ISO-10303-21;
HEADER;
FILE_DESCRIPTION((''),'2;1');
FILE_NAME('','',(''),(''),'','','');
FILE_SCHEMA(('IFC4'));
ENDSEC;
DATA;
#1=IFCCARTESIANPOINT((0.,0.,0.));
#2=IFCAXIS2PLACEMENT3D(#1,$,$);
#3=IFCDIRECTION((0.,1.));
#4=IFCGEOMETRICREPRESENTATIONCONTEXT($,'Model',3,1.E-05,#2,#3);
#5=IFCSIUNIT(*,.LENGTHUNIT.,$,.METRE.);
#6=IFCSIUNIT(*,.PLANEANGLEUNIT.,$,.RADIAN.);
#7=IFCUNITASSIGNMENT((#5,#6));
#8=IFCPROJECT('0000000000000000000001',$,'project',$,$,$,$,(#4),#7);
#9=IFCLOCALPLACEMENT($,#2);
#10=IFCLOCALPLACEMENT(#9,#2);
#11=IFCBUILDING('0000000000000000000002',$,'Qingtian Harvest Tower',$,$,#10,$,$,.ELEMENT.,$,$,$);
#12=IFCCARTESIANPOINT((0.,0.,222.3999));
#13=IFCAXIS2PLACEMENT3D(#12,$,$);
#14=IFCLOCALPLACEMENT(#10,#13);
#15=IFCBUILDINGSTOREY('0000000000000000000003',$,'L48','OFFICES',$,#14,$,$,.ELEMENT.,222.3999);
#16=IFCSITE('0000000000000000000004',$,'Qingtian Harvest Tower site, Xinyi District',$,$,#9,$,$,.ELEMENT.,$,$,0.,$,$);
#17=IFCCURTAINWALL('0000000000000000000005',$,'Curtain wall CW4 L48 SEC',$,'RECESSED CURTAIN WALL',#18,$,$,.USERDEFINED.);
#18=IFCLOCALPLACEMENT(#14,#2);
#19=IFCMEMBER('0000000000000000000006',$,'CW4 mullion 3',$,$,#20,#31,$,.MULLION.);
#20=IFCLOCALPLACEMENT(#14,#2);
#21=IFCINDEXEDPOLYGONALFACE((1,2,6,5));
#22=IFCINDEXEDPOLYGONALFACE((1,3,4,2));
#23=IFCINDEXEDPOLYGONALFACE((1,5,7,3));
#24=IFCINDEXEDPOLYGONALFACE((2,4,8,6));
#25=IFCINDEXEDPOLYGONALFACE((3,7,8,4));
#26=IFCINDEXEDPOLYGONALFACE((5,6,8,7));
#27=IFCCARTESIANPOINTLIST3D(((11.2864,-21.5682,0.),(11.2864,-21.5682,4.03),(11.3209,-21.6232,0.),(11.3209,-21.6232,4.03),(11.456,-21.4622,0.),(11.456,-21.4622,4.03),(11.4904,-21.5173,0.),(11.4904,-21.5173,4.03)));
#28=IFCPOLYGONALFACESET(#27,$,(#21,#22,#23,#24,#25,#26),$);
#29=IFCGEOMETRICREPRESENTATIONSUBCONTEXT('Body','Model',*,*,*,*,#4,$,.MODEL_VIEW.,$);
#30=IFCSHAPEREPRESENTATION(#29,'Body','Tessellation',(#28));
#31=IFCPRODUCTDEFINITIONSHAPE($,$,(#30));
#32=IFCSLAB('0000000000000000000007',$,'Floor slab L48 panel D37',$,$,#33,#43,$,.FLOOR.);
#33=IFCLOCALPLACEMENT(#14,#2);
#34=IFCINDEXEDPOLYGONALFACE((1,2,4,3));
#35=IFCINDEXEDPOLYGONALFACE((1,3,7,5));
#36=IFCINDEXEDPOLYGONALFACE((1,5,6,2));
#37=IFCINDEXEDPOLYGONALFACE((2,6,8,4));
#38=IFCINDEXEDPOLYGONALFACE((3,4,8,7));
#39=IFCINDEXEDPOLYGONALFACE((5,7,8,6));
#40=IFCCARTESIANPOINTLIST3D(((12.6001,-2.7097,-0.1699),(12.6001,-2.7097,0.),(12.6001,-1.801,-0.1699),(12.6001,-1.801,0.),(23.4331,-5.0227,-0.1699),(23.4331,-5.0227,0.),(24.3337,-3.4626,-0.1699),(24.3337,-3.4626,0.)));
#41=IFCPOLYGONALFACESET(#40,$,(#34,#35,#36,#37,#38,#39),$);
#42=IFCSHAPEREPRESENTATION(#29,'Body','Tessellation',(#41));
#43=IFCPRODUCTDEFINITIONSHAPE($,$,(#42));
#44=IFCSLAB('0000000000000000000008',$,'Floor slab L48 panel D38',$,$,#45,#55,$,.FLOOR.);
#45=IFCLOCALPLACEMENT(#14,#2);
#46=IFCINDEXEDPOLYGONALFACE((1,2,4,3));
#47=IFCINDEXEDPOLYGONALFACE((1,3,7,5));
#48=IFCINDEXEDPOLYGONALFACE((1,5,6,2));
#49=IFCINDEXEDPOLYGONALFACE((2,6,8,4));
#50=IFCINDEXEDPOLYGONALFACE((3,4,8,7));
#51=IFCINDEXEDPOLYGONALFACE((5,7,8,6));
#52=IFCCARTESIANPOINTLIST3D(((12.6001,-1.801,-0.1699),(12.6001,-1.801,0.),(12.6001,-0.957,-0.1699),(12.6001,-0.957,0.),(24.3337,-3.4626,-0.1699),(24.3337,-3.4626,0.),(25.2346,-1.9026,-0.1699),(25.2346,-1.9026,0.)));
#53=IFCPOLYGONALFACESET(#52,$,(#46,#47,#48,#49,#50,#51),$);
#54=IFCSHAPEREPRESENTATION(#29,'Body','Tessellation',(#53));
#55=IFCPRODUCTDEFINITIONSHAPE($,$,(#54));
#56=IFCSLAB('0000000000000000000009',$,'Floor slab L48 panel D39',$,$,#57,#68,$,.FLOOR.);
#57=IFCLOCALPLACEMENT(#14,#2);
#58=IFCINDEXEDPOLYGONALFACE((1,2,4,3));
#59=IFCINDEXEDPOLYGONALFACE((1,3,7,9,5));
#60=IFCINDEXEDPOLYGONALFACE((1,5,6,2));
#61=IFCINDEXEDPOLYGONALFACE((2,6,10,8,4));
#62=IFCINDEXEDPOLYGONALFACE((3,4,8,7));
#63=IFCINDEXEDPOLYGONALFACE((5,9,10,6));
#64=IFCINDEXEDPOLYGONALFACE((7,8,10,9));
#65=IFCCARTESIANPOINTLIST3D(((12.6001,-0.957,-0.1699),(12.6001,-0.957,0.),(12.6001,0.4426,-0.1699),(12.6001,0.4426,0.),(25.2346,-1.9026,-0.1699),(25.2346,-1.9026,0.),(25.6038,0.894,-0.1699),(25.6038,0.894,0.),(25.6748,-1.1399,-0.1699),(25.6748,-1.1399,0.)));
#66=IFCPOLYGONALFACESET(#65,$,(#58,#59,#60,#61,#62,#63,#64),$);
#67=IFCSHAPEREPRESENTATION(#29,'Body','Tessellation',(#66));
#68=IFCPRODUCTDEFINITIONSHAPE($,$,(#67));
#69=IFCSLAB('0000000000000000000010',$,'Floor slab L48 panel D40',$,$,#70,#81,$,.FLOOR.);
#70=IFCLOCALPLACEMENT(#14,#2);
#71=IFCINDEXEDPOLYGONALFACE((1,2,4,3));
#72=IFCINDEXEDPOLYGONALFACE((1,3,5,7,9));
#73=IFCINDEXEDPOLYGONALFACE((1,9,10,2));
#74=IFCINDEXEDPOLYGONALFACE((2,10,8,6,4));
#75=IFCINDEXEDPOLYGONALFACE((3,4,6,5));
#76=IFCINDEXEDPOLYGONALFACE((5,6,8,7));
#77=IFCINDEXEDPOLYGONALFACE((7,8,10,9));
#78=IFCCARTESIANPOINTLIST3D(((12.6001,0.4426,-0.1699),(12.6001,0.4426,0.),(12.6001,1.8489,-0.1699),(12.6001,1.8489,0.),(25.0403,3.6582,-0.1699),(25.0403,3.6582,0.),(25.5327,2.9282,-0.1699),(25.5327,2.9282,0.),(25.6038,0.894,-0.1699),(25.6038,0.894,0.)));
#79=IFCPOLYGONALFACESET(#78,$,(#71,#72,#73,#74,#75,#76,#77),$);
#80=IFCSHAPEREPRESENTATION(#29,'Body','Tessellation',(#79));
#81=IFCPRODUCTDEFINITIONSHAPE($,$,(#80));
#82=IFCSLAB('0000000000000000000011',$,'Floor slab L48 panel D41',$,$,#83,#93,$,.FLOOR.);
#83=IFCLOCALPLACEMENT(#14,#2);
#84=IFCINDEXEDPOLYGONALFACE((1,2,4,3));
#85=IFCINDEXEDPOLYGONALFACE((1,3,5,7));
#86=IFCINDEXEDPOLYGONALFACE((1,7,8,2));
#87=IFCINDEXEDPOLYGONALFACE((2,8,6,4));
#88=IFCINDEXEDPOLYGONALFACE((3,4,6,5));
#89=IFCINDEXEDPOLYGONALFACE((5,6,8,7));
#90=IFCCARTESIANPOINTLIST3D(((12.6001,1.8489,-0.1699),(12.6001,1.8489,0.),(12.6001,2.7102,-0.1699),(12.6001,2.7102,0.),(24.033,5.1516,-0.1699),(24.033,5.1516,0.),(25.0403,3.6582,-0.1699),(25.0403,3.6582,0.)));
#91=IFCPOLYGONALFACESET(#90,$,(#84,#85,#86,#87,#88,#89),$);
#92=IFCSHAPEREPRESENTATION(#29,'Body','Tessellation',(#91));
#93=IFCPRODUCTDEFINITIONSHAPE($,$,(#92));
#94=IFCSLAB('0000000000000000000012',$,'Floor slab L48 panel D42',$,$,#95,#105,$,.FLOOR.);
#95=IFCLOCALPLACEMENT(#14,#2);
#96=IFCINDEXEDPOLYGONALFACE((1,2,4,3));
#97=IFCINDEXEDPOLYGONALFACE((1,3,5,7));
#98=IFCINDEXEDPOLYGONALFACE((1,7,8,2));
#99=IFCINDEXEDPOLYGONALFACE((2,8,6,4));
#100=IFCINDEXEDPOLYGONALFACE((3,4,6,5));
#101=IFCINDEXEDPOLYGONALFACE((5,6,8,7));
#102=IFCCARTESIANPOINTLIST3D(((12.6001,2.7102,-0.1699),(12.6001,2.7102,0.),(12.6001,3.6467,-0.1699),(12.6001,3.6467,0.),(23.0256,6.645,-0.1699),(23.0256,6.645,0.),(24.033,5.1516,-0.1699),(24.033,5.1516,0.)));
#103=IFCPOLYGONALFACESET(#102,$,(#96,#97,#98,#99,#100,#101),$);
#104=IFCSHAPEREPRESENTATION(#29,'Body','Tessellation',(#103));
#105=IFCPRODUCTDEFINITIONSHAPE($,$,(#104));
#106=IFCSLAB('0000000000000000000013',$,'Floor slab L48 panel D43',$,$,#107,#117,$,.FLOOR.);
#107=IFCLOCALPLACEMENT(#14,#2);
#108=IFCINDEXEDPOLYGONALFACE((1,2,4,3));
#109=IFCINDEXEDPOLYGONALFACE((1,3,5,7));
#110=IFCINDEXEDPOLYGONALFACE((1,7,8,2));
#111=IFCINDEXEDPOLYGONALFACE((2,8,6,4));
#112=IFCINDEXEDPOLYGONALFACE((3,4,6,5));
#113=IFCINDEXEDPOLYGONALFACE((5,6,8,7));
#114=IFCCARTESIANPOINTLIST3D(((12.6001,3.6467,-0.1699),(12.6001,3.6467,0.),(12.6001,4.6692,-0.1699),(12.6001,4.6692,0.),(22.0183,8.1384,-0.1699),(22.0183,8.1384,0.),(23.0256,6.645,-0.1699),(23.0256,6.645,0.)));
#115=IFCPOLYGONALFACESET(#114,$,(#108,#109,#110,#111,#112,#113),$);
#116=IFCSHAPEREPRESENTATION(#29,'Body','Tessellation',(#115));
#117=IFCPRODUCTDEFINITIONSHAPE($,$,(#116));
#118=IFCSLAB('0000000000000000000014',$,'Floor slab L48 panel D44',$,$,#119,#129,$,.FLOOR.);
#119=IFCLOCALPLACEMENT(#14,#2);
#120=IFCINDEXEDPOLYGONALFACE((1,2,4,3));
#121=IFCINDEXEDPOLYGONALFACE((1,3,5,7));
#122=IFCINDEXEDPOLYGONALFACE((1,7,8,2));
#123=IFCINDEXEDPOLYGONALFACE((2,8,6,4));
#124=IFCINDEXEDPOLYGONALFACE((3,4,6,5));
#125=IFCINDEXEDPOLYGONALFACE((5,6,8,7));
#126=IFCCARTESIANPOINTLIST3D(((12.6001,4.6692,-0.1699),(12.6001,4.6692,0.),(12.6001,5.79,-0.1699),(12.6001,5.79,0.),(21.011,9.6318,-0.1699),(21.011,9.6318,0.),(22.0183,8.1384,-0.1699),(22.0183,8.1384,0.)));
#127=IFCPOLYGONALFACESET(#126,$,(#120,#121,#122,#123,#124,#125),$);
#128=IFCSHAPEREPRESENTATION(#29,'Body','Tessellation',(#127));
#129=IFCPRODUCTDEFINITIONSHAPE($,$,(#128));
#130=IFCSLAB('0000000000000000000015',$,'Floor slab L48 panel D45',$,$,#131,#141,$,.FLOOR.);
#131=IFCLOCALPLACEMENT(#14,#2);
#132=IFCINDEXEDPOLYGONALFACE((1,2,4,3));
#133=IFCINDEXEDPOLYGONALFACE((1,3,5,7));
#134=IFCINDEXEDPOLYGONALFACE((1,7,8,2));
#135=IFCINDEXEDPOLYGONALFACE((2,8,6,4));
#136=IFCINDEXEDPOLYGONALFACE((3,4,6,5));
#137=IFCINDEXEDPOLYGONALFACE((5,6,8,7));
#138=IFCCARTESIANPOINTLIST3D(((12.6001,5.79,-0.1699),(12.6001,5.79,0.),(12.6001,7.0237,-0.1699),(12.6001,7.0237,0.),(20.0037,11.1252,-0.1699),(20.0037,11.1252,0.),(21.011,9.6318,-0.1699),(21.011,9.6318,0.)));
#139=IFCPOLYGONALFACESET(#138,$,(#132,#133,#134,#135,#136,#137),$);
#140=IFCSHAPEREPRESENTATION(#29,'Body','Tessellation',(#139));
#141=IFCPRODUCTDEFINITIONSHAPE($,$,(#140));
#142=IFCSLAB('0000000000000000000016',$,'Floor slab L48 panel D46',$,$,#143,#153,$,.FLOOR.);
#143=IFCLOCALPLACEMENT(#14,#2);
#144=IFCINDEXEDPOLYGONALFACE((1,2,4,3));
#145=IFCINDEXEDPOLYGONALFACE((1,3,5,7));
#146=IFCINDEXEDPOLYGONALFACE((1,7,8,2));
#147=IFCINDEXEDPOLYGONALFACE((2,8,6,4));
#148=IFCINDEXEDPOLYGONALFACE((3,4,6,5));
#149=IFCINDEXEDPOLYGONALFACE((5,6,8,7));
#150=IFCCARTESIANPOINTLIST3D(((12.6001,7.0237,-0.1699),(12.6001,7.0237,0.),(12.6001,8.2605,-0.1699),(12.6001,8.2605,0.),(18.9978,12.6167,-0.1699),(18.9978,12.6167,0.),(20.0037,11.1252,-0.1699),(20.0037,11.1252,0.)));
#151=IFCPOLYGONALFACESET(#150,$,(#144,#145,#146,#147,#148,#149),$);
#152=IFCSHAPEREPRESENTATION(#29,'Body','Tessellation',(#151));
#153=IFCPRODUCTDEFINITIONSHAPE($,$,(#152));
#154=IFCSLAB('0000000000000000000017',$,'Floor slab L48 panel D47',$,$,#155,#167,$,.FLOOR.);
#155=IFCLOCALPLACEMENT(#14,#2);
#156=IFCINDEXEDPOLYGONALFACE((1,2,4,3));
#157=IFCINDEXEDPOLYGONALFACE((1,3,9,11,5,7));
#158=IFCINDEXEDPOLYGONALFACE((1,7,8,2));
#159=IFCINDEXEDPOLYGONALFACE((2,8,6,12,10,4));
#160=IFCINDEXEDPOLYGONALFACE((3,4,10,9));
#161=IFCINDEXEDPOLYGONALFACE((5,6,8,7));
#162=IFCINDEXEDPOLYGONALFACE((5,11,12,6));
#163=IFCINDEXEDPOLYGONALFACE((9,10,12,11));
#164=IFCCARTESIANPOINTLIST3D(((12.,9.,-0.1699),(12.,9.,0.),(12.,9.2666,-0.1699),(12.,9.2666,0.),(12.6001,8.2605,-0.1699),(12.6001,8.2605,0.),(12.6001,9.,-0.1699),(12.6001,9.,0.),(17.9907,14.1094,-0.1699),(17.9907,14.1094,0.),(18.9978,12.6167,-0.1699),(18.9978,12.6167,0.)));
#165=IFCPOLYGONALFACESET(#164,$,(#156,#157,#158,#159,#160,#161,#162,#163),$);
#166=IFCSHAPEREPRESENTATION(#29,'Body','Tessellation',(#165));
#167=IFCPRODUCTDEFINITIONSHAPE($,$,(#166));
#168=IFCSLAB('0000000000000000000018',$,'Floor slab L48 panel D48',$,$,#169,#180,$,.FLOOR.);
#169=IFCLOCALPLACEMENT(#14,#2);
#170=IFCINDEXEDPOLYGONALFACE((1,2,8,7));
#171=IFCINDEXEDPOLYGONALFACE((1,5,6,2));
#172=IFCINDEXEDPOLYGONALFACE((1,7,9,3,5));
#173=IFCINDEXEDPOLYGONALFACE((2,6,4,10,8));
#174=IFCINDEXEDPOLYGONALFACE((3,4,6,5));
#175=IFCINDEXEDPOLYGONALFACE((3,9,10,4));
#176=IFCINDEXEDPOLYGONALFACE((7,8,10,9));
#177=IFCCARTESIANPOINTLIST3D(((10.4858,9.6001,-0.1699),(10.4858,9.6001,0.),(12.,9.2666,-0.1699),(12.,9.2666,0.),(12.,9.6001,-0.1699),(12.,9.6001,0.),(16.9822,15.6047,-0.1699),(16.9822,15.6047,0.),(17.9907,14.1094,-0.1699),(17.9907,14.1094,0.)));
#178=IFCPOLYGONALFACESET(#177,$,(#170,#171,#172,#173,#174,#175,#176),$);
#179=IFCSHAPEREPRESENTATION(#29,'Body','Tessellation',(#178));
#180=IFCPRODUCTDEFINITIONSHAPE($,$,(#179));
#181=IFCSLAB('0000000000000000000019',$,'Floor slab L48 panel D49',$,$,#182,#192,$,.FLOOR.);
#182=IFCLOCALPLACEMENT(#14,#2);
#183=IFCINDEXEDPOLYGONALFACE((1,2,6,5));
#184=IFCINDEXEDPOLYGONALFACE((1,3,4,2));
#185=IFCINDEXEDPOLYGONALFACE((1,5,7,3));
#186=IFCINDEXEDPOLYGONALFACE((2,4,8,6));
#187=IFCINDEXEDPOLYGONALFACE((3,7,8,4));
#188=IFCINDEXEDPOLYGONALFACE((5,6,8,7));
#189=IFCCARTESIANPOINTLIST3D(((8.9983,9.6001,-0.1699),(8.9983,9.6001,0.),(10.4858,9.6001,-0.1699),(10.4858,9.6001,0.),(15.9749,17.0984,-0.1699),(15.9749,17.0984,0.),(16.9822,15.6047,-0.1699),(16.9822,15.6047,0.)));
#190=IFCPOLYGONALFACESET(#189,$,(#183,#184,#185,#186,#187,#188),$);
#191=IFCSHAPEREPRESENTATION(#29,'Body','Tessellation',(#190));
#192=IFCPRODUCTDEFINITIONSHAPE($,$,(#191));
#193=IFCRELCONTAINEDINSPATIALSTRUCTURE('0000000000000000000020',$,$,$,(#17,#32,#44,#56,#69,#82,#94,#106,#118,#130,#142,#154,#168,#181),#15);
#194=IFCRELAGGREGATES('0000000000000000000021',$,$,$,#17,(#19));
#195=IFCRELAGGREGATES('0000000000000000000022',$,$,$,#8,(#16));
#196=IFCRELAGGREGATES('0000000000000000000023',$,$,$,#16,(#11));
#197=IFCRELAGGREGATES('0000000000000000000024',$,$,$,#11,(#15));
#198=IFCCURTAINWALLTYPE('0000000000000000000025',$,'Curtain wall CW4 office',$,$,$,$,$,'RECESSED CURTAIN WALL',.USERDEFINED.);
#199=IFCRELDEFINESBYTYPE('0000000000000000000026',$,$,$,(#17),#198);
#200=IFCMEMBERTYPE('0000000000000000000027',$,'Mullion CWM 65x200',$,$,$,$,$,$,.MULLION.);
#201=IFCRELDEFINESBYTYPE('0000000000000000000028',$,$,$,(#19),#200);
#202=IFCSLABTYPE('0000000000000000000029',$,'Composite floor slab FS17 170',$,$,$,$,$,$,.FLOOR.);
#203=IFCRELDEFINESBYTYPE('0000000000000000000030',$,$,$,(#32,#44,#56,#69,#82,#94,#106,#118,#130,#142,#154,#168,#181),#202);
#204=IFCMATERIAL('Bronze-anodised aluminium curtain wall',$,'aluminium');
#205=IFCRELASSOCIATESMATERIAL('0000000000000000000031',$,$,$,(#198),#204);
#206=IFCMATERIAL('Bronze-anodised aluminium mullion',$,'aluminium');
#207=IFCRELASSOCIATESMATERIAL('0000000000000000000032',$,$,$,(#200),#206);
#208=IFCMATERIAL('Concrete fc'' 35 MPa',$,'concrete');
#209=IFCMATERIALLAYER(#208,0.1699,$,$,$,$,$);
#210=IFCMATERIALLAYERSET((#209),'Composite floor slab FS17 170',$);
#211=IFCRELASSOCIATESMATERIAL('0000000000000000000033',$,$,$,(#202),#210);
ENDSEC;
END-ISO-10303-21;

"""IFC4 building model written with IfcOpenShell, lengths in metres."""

from ifc_helpers import new_model, si_unit, direction, frame, origin, origin_2d, place, context, subcontext, project, spatial, polyline, rectangle, outline, extrude, material, layer, layer_set, material_profile, profile_set, type_object, element, aggregate, save


model = new_model("IFC4")

# Units and contexts
model_context = context("Model", 3, precision=1e-05, world=origin(), true_north=direction((0.0, 1.0)))
body_context = subcontext(model_context, "Body", "Model", "MODEL_VIEW")
ifc_project = project(units=[si_unit("LENGTHUNIT", "METRE"), si_unit("PLANEANGLEUNIT", "RADIAN")], contexts=[model_context])

# Site, building, storey
site_placement = place(None, origin())
site = spatial("IfcSite", under=ifc_project, at=site_placement, Name="Qingtian Harvest Tower site, Xinyi District", CompositionType="ELEMENT", RefElevation=0.0)
building_placement = place(site_placement, origin())
building = spatial("IfcBuilding", under=site, at=building_placement, Name="Qingtian Harvest Tower", CompositionType="ELEMENT")
storey_placement = place(building_placement, frame((0.0, 0.0, 222.3999)))
storey = spatial("IfcBuildingStorey", under=building, at=storey_placement, Name="L48", Description="OFFICES", CompositionType="ELEMENT", Elevation=222.3999)

# Curtain wall, member
ifc_material_1 = material(Name="Bronze-anodised aluminium curtain wall", Category="aluminium")
curtain_wall_type = type_object("IfcCurtainWallType", Name="Curtain wall CW4 office", ElementType="RECESSED CURTAIN WALL", PredefinedType="USERDEFINED", material=ifc_material_1)
curtain_wall_placement = place(storey_placement, origin())
curtain_wall = element("IfcCurtainWall", 1, at=curtain_wall_placement, inside=storey, type_object=curtain_wall_type, Name="Curtain wall CW4 L48 SEC", ObjectType="RECESSED CURTAIN WALL", PredefinedType="USERDEFINED")
ifc_material_2 = material(Name="Bronze-anodised aluminium mullion", Category="aluminium")
ifc_material_profile = material_profile(ifc_material_2, rectangle(XDim=0.0649, YDim=0.2, at=origin_2d()), Name="AL 65x200")
ifc_profile_set = profile_set([ifc_material_profile], Name="Bronze-anodised aluminium mullion")
member_type = type_object("IfcMemberType", Name="Mullion CWM 65x200", PredefinedType="MULLION", material=ifc_profile_set)
member_placement = place(storey_placement, frame((11.3884, -21.5427, 0.0), z_axis=(0.0, 0.0, 1.0), x_axis=(0.529919, -0.848048, 0.0)))
member = element("IfcMember", 2, at=member_placement, type_object=member_type, Name="CW4 mullion 3", PredefinedType="MULLION", context=body_context, shape_type="SweptSolid", body=[
    extrude(rectangle(XDim=0.0649, YDim=0.2, at=origin_2d()), origin(), (0.0, 0.0, 1.0), 4.03),
])
aggregate(curtain_wall, [member])

# Slabs
ifc_material_3 = material(Name="Concrete fc' 35 MPa", Category="concrete")
ifc_layer_1 = layer(ifc_material_3, 0.1699)
ifc_layer_set_1 = layer_set([ifc_layer_1], Name="Composite floor slab FS17 170")
slab_type = type_object("IfcSlabType", Name="Composite floor slab FS17 170", PredefinedType="FLOOR", material=ifc_layer_set_1)
slab_1_placement = place(storey_placement, frame((0.0, 0.0, -0.1699)))
element("IfcSlab", 3, at=slab_1_placement, inside=storey, type_object=slab_type, Name="Floor slab L48 panel D37", PredefinedType="FLOOR", context=body_context, shape_type="SweptSolid", body=[
    extrude(outline(polyline([(12.6001, -1.801), (24.3337, -3.4626), (23.4331, -5.0227), (12.6001, -2.7097), (12.6001, -1.801)])), origin(), (0.0, 0.0, 1.0), 0.1699),
])
slab_2_placement = place(storey_placement, frame((0.0, 0.0, -0.1699)))
element("IfcSlab", 4, at=slab_2_placement, inside=storey, type_object=slab_type, Name="Floor slab L48 panel D38", PredefinedType="FLOOR", context=body_context, shape_type="SweptSolid", body=[
    extrude(outline(polyline([(12.6001, -0.957), (25.2346, -1.9026), (24.3337, -3.4626), (12.6001, -1.801), (12.6001, -0.957)])), origin(), (0.0, 0.0, 1.0), 0.1699),
])
slab_3_placement = place(storey_placement, frame((0.0, 0.0, -0.1699)))
element("IfcSlab", 5, at=slab_3_placement, inside=storey, type_object=slab_type, Name="Floor slab L48 panel D39", PredefinedType="FLOOR", context=body_context, shape_type="SweptSolid", body=[
    extrude(outline(polyline([(12.6001, -0.957), (12.6001, 0.4426), (25.6038, 0.894), (25.6748, -1.1399), (25.2346, -1.9026), (12.6001, -0.957)])), origin(), (0.0, 0.0, 1.0), 0.1699),
])
slab_4_placement = place(storey_placement, frame((0.0, 0.0, -0.1699)))
element("IfcSlab", 6, at=slab_4_placement, inside=storey, type_object=slab_type, Name="Floor slab L48 panel D40", PredefinedType="FLOOR", context=body_context, shape_type="SweptSolid", body=[
    extrude(outline(polyline([(12.6001, 0.4426), (12.6001, 1.8489), (25.0403, 3.6582), (25.5327, 2.9282), (25.6038, 0.894), (12.6001, 0.4426)])), origin(), (0.0, 0.0, 1.0), 0.1699),
])
slab_5_placement = place(storey_placement, frame((0.0, 0.0, -0.1699)))
element("IfcSlab", 7, at=slab_5_placement, inside=storey, type_object=slab_type, Name="Floor slab L48 panel D41", PredefinedType="FLOOR", context=body_context, shape_type="SweptSolid", body=[
    extrude(outline(polyline([(12.6001, 2.7102), (24.033, 5.1516), (25.0403, 3.6582), (12.6001, 1.8489), (12.6001, 2.7102)])), origin(), (0.0, 0.0, 1.0), 0.1699),
])
slab_6_placement = place(storey_placement, frame((0.0, 0.0, -0.1699)))
element("IfcSlab", 8, at=slab_6_placement, inside=storey, type_object=slab_type, Name="Floor slab L48 panel D42", PredefinedType="FLOOR", context=body_context, shape_type="SweptSolid", body=[
    extrude(outline(polyline([(12.6001, 3.6467), (23.0256, 6.645), (24.033, 5.1516), (12.6001, 2.7102), (12.6001, 3.6467)])), origin(), (0.0, 0.0, 1.0), 0.1699),
])
slab_7_placement = place(storey_placement, frame((0.0, 0.0, -0.1699)))
element("IfcSlab", 9, at=slab_7_placement, inside=storey, type_object=slab_type, Name="Floor slab L48 panel D43", PredefinedType="FLOOR", context=body_context, shape_type="SweptSolid", body=[
    extrude(outline(polyline([(12.6001, 4.6692), (22.0183, 8.1384), (23.0256, 6.645), (12.6001, 3.6467), (12.6001, 4.6692)])), origin(), (0.0, 0.0, 1.0), 0.1699),
])
slab_8_placement = place(storey_placement, frame((0.0, 0.0, -0.1699)))
element("IfcSlab", 10, at=slab_8_placement, inside=storey, type_object=slab_type, Name="Floor slab L48 panel D44", PredefinedType="FLOOR", context=body_context, shape_type="SweptSolid", body=[
    extrude(outline(polyline([(12.6001, 5.79), (21.011, 9.6318), (22.0183, 8.1384), (12.6001, 4.6692), (12.6001, 5.79)])), origin(), (0.0, 0.0, 1.0), 0.1699),
])
slab_9_placement = place(storey_placement, frame((0.0, 0.0, -0.1699)))
element("IfcSlab", 11, at=slab_9_placement, inside=storey, type_object=slab_type, Name="Floor slab L48 panel D45", PredefinedType="FLOOR", context=body_context, shape_type="SweptSolid", body=[
    extrude(outline(polyline([(12.6001, 7.0237), (20.0037, 11.1252), (21.011, 9.6318), (12.6001, 5.79), (12.6001, 7.0237)])), origin(), (0.0, 0.0, 1.0), 0.1699),
])
slab_10_placement = place(storey_placement, frame((0.0, 0.0, -0.1699)))
element("IfcSlab", 12, at=slab_10_placement, inside=storey, type_object=slab_type, Name="Floor slab L48 panel D46", PredefinedType="FLOOR", context=body_context, shape_type="SweptSolid", body=[
    extrude(outline(polyline([(12.6001, 8.2605), (18.9978, 12.6167), (20.0037, 11.1252), (12.6001, 7.0237), (12.6001, 8.2605)])), origin(), (0.0, 0.0, 1.0), 0.1699),
])
slab_11_placement = place(storey_placement, frame((0.0, 0.0, -0.1699)))
element("IfcSlab", 13, at=slab_11_placement, inside=storey, type_object=slab_type, Name="Floor slab L48 panel D47", PredefinedType="FLOOR", context=body_context, shape_type="SweptSolid", body=[
    extrude(outline(polyline([(12.6001, 9.0), (12.0, 9.0), (12.0, 9.2666), (17.9907, 14.1094), (18.9978, 12.6167), (12.6001, 8.2605), (12.6001, 9.0)])), origin(), (0.0, 0.0, 1.0), 0.1699),
])
slab_12_placement = place(storey_placement, frame((0.0, 0.0, -0.1699)))
element("IfcSlab", 14, at=slab_12_placement, inside=storey, type_object=slab_type, Name="Floor slab L48 panel D48", PredefinedType="FLOOR", context=body_context, shape_type="SweptSolid", body=[
    extrude(outline(polyline([(12.0, 9.6001), (10.4858, 9.6001), (16.9822, 15.6047), (17.9907, 14.1094), (12.0, 9.2666), (12.0, 9.6001)])), origin(), (0.0, 0.0, 1.0), 0.1699),
])
slab_13_placement = place(storey_placement, frame((0.0, 0.0, -0.1699)))
element("IfcSlab", 15, at=slab_13_placement, inside=storey, type_object=slab_type, Name="Floor slab L48 panel D49", PredefinedType="FLOOR", context=body_context, shape_type="SweptSolid", body=[
    extrude(outline(polyline([(8.9983, 9.6001), (15.9749, 17.0984), (16.9822, 15.6047), (10.4858, 9.6001), (8.9983, 9.6001)])), origin(), (0.0, 0.0, 1.0), 0.1699),
])

save(model, "model.ifc")
